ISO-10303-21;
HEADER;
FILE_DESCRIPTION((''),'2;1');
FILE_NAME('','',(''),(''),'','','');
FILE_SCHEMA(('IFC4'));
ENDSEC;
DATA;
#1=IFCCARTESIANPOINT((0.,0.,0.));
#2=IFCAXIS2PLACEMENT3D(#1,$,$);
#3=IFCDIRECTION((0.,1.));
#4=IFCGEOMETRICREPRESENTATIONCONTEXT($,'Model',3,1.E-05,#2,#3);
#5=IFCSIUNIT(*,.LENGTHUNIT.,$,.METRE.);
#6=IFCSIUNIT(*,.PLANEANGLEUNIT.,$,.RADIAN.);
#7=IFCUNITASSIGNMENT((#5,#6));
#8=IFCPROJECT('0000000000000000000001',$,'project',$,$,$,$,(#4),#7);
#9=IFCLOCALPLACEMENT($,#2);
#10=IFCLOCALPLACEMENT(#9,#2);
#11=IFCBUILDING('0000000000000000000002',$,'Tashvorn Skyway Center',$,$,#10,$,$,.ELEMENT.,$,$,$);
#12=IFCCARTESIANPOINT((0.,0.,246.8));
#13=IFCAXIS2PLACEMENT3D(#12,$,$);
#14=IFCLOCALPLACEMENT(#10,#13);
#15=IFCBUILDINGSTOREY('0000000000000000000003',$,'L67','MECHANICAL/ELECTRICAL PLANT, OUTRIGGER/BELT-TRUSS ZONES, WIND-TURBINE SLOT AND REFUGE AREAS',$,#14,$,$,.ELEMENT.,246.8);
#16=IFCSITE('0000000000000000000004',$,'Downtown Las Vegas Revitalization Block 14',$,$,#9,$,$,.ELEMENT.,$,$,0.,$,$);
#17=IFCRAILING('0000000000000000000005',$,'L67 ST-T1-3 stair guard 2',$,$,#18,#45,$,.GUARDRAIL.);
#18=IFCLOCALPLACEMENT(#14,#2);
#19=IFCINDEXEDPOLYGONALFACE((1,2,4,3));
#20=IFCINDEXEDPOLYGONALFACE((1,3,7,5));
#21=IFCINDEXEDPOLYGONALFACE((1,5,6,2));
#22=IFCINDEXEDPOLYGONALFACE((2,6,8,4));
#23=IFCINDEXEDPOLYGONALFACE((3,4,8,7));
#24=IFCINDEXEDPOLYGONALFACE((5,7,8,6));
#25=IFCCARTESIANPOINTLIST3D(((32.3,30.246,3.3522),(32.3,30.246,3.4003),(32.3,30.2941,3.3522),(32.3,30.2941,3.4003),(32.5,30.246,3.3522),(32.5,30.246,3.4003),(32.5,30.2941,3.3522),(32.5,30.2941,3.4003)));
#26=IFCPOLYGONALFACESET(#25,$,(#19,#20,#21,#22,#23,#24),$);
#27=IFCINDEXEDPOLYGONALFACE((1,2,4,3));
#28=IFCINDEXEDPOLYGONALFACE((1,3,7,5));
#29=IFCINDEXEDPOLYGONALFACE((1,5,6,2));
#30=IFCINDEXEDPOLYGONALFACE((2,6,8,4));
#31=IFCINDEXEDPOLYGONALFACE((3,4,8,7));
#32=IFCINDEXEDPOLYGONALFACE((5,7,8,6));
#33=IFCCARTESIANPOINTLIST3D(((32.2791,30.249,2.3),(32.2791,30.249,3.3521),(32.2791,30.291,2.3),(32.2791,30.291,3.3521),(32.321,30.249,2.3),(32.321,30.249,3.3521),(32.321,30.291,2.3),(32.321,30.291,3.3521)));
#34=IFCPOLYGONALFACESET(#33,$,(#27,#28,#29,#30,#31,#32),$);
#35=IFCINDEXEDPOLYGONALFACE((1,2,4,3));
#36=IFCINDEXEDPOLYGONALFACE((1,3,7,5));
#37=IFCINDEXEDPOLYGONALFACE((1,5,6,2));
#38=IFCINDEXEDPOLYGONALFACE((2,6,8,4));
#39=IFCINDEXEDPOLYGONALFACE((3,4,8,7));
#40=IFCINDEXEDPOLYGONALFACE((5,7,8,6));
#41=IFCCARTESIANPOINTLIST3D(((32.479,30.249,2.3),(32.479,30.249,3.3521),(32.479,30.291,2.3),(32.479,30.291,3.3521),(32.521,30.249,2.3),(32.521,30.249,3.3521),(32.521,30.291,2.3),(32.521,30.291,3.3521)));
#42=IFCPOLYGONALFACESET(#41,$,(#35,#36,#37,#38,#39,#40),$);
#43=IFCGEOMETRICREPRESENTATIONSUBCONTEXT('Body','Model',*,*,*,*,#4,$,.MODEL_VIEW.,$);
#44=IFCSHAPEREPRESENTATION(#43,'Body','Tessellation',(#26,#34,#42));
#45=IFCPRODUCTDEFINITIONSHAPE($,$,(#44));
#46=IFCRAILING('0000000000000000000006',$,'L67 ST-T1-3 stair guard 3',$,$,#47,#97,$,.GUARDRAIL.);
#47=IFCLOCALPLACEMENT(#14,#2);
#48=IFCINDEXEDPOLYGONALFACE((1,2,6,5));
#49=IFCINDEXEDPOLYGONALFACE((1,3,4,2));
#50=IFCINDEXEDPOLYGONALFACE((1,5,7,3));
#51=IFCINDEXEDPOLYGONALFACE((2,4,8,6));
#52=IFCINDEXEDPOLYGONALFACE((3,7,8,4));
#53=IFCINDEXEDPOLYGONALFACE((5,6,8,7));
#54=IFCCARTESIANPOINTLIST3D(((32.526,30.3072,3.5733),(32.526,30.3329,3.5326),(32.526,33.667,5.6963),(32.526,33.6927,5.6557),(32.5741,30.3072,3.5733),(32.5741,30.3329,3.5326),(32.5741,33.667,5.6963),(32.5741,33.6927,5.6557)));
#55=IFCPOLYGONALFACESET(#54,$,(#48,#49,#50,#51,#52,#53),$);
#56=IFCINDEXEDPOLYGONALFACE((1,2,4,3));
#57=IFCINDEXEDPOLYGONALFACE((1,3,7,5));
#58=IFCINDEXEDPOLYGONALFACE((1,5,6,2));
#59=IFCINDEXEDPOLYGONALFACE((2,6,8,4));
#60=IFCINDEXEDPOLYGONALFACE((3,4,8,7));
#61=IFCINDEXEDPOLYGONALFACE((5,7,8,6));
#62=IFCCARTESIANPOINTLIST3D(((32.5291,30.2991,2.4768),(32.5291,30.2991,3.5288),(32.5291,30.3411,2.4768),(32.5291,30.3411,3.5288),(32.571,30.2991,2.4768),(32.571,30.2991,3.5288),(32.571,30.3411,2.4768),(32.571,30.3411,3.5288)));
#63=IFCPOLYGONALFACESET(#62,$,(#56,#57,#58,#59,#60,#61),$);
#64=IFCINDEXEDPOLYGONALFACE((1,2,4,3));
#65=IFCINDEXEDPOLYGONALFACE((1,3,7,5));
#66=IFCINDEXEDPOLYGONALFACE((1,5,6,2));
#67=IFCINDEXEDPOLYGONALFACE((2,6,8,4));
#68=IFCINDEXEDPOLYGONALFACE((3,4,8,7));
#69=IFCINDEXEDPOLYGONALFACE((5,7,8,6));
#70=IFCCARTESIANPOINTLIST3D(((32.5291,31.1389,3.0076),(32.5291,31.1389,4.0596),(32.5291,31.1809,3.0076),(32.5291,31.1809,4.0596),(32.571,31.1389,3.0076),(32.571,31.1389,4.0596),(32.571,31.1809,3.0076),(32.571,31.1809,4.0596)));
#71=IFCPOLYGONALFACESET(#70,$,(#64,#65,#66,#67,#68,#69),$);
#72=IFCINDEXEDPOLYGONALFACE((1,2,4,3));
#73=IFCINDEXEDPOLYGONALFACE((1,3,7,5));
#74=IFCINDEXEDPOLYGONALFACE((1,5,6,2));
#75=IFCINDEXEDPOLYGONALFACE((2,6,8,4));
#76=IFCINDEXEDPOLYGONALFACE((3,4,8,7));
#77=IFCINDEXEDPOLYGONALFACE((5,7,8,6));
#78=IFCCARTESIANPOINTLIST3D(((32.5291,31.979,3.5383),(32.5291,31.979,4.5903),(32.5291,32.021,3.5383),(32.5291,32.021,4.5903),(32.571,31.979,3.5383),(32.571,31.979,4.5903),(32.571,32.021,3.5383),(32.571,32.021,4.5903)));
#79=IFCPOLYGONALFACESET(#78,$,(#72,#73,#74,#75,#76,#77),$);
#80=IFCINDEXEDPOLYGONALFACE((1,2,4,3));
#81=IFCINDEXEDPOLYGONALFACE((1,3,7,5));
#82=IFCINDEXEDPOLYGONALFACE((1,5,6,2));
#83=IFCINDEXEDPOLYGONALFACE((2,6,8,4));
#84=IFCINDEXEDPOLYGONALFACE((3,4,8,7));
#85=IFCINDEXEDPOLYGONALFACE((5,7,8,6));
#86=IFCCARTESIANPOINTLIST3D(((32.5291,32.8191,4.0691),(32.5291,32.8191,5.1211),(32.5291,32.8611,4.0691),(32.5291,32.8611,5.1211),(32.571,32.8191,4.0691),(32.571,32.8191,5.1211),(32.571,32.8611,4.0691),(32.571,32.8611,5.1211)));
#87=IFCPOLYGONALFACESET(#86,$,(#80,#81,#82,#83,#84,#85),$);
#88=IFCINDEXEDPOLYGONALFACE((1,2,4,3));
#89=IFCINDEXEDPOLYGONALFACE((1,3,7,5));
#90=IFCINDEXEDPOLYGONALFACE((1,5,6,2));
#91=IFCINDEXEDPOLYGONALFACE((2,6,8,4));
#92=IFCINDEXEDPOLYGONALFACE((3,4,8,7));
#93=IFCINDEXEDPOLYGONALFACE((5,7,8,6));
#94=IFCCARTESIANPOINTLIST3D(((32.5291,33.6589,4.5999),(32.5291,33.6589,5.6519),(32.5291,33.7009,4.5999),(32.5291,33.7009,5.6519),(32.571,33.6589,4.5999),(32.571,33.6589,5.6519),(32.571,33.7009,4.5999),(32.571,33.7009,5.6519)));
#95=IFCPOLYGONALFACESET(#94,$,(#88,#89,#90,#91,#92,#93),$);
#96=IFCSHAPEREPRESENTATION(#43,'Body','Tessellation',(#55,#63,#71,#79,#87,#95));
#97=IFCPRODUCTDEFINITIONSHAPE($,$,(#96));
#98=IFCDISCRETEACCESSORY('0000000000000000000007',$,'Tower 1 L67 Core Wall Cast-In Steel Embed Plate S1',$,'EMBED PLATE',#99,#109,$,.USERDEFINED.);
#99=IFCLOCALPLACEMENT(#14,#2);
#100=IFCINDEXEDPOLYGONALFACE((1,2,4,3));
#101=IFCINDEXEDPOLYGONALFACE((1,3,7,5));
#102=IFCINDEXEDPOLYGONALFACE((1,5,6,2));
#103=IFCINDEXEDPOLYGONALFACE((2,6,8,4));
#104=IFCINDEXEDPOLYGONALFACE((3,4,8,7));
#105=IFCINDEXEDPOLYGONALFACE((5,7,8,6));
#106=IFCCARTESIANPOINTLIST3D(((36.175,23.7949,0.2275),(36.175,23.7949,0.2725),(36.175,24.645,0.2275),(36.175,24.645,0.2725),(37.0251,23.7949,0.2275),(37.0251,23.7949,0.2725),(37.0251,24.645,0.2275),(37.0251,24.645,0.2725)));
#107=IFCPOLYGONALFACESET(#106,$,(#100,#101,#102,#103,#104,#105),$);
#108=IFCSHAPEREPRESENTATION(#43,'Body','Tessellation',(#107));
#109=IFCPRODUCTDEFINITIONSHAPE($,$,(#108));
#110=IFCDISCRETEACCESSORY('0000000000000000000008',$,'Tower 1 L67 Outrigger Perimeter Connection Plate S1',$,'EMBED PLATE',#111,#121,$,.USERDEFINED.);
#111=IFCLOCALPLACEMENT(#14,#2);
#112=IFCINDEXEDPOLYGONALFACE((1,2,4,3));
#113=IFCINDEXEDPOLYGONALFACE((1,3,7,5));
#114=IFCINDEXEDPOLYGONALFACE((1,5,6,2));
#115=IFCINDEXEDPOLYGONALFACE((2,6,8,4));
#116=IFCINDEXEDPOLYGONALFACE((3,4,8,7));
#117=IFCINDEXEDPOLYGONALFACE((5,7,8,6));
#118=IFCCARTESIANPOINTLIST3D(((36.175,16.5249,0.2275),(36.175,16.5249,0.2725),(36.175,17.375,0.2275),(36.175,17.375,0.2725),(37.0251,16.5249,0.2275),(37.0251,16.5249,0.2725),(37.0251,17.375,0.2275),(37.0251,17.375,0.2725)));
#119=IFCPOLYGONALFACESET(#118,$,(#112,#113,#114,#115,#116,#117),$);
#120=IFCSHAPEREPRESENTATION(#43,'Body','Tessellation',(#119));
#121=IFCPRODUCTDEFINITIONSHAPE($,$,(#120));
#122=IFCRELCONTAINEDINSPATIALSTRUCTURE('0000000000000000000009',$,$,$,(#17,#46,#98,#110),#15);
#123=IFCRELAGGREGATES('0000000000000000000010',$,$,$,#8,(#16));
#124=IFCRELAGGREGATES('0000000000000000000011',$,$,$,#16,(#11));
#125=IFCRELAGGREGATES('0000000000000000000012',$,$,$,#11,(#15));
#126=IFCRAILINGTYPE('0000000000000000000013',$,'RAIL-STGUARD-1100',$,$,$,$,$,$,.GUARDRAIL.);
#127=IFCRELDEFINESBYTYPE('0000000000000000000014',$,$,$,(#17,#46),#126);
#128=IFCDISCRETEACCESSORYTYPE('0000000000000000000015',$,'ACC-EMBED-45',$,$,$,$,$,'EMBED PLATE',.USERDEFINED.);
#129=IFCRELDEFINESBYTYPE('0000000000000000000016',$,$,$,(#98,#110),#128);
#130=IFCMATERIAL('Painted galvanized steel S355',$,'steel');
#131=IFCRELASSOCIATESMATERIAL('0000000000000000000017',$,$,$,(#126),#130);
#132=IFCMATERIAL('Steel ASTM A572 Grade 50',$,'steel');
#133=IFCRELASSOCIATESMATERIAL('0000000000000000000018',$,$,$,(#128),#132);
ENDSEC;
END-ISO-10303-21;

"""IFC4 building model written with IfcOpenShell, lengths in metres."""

from ifc_helpers import new_model, si_unit, direction, frame, origin, origin_2d, place, context, subcontext, project, spatial, rectangle, extrude, material, type_object, element, save


model = new_model("IFC4")

# Units and contexts
model_context = context("Model", 3, precision=1e-05, world=origin(), true_north=direction((0.0, 1.0)))
body_context = subcontext(model_context, "Body", "Model", "MODEL_VIEW")
ifc_project = project(units=[si_unit("LENGTHUNIT", "METRE"), si_unit("PLANEANGLEUNIT", "RADIAN")], contexts=[model_context])

# Site, building, storey
site_placement = place(None, origin())
site = spatial("IfcSite", under=ifc_project, at=site_placement, Name="Downtown Las Vegas Revitalization Block 14", CompositionType="ELEMENT", RefElevation=0.0)
building_placement = place(site_placement, origin())
building = spatial("IfcBuilding", under=site, at=building_placement, Name="Tashvorn Skyway Center", CompositionType="ELEMENT")
storey_placement = place(building_placement, frame((0.0, 0.0, 246.8)))
storey = spatial("IfcBuildingStorey", under=building, at=storey_placement, Name="L67", Description="MECHANICAL/ELECTRICAL PLANT, OUTRIGGER/BELT-TRUSS ZONES, WIND-TURBINE SLOT AND REFUGE AREAS", CompositionType="ELEMENT", Elevation=246.8)

# Shared definitions
ifc_material_1 = material(Name="Steel ASTM A572 Grade 50", Category="steel")

# Railings
ifc_material_2 = material(Name="Painted galvanized steel S355", Category="steel")
railing_type_1 = type_object("IfcRailingType", Name="RAIL-STGUARD-1100", PredefinedType="GUARDRAIL", material=ifc_material_2)
railing_1_placement = place(storey_placement, frame((32.3, 30.27, 2.3)))
element("IfcRailing", 1, at=railing_1_placement, inside=storey, type_object=railing_type_1, Name="L67 ST-T1-3 stair guard 2", PredefinedType="GUARDRAIL", context=body_context, shape_type="SweptSolid", body=[
    extrude(rectangle(XDim=0.0481, YDim=0.0481, at=origin_2d()), frame((0.0, 0.0, 1.0762), z_axis=(1.0, 0.0, 0.0), x_axis=(0.0, 1.0, 0.0)), (0.0, 0.0, 1.0), 0.2),
    extrude(rectangle(XDim=0.042, YDim=0.042, at=origin_2d()), origin(), (0.0, 0.0, 1.0), 1.052),
    extrude(rectangle(XDim=0.042, YDim=0.042, at=origin_2d()), frame((0.2, 0.0, 0.0)), (0.0, 0.0, 1.0), 1.052),
])
railing_2_placement = place(storey_placement, frame((32.55, 30.3201, 2.4768)))
element("IfcRailing", 2, at=railing_2_placement, inside=storey, type_object=railing_type_1, Name="L67 ST-T1-3 stair guard 3", PredefinedType="GUARDRAIL", context=body_context, shape_type="SweptSolid", body=[
    extrude(rectangle(XDim=0.0481, YDim=0.0481, at=origin_2d()), frame((0.0, 0.0, 1.0762), z_axis=(0.0, 0.845372, 0.534178), x_axis=(-1.0, 0.0, 0.0)), (0.0, 0.0, 1.0), 3.9744),
    extrude(rectangle(XDim=0.042, YDim=0.042, at=origin_2d()), origin(), (0.0, 0.0, 1.0), 1.052),
    extrude(rectangle(XDim=0.042, YDim=0.042, at=origin_2d()), frame((0.0, 0.8398, 0.5308)), (0.0, 0.0, 1.0), 1.052),
    extrude(rectangle(XDim=0.042, YDim=0.042, at=origin_2d()), frame((0.0, 1.6799, 1.0615)), (0.0, 0.0, 1.0), 1.052),
    extrude(rectangle(XDim=0.042, YDim=0.042, at=origin_2d()), frame((0.0, 2.52, 1.5923)), (0.0, 0.0, 1.0), 1.052),
    extrude(rectangle(XDim=0.042, YDim=0.042, at=origin_2d()), frame((0.0, 3.3599, 2.123)), (0.0, 0.0, 1.0), 1.052),
])

# Discrete accessories
discrete_accessory_type = type_object("IfcDiscreteAccessoryType", Name="ACC-EMBED-45", ElementType="EMBED PLATE", PredefinedType="USERDEFINED", material=ifc_material_1)
for number, where, z_axis, x_axis, name in (
    (3, (36.6001, 24.22, 0.2275), (0.0, 0.0, 1.0), (1.0, 0.0, 0.0), "Tower 1 L67 Core Wall Cast-In Steel Embed Plate S1"),
    (4, (36.6001, 16.95, 0.2275), (0.0, 0.0, 1.0), (1.0, 0.0, 0.0), "Tower 1 L67 Outrigger Perimeter Connection Plate S1"),
):
    element("IfcDiscreteAccessory", number, at=place(storey_placement, frame(where, z_axis=z_axis, x_axis=x_axis)), inside=storey, type_object=discrete_accessory_type, Name=name, ObjectType="EMBED PLATE", PredefinedType="USERDEFINED", context=body_context, shape_type="SweptSolid", body=[
        extrude(rectangle(XDim=0.8501, YDim=0.8501, at=origin_2d()), origin(), (0.0, 0.0, 1.0), 0.0449),
    ])

save(model, "model.ifc")
